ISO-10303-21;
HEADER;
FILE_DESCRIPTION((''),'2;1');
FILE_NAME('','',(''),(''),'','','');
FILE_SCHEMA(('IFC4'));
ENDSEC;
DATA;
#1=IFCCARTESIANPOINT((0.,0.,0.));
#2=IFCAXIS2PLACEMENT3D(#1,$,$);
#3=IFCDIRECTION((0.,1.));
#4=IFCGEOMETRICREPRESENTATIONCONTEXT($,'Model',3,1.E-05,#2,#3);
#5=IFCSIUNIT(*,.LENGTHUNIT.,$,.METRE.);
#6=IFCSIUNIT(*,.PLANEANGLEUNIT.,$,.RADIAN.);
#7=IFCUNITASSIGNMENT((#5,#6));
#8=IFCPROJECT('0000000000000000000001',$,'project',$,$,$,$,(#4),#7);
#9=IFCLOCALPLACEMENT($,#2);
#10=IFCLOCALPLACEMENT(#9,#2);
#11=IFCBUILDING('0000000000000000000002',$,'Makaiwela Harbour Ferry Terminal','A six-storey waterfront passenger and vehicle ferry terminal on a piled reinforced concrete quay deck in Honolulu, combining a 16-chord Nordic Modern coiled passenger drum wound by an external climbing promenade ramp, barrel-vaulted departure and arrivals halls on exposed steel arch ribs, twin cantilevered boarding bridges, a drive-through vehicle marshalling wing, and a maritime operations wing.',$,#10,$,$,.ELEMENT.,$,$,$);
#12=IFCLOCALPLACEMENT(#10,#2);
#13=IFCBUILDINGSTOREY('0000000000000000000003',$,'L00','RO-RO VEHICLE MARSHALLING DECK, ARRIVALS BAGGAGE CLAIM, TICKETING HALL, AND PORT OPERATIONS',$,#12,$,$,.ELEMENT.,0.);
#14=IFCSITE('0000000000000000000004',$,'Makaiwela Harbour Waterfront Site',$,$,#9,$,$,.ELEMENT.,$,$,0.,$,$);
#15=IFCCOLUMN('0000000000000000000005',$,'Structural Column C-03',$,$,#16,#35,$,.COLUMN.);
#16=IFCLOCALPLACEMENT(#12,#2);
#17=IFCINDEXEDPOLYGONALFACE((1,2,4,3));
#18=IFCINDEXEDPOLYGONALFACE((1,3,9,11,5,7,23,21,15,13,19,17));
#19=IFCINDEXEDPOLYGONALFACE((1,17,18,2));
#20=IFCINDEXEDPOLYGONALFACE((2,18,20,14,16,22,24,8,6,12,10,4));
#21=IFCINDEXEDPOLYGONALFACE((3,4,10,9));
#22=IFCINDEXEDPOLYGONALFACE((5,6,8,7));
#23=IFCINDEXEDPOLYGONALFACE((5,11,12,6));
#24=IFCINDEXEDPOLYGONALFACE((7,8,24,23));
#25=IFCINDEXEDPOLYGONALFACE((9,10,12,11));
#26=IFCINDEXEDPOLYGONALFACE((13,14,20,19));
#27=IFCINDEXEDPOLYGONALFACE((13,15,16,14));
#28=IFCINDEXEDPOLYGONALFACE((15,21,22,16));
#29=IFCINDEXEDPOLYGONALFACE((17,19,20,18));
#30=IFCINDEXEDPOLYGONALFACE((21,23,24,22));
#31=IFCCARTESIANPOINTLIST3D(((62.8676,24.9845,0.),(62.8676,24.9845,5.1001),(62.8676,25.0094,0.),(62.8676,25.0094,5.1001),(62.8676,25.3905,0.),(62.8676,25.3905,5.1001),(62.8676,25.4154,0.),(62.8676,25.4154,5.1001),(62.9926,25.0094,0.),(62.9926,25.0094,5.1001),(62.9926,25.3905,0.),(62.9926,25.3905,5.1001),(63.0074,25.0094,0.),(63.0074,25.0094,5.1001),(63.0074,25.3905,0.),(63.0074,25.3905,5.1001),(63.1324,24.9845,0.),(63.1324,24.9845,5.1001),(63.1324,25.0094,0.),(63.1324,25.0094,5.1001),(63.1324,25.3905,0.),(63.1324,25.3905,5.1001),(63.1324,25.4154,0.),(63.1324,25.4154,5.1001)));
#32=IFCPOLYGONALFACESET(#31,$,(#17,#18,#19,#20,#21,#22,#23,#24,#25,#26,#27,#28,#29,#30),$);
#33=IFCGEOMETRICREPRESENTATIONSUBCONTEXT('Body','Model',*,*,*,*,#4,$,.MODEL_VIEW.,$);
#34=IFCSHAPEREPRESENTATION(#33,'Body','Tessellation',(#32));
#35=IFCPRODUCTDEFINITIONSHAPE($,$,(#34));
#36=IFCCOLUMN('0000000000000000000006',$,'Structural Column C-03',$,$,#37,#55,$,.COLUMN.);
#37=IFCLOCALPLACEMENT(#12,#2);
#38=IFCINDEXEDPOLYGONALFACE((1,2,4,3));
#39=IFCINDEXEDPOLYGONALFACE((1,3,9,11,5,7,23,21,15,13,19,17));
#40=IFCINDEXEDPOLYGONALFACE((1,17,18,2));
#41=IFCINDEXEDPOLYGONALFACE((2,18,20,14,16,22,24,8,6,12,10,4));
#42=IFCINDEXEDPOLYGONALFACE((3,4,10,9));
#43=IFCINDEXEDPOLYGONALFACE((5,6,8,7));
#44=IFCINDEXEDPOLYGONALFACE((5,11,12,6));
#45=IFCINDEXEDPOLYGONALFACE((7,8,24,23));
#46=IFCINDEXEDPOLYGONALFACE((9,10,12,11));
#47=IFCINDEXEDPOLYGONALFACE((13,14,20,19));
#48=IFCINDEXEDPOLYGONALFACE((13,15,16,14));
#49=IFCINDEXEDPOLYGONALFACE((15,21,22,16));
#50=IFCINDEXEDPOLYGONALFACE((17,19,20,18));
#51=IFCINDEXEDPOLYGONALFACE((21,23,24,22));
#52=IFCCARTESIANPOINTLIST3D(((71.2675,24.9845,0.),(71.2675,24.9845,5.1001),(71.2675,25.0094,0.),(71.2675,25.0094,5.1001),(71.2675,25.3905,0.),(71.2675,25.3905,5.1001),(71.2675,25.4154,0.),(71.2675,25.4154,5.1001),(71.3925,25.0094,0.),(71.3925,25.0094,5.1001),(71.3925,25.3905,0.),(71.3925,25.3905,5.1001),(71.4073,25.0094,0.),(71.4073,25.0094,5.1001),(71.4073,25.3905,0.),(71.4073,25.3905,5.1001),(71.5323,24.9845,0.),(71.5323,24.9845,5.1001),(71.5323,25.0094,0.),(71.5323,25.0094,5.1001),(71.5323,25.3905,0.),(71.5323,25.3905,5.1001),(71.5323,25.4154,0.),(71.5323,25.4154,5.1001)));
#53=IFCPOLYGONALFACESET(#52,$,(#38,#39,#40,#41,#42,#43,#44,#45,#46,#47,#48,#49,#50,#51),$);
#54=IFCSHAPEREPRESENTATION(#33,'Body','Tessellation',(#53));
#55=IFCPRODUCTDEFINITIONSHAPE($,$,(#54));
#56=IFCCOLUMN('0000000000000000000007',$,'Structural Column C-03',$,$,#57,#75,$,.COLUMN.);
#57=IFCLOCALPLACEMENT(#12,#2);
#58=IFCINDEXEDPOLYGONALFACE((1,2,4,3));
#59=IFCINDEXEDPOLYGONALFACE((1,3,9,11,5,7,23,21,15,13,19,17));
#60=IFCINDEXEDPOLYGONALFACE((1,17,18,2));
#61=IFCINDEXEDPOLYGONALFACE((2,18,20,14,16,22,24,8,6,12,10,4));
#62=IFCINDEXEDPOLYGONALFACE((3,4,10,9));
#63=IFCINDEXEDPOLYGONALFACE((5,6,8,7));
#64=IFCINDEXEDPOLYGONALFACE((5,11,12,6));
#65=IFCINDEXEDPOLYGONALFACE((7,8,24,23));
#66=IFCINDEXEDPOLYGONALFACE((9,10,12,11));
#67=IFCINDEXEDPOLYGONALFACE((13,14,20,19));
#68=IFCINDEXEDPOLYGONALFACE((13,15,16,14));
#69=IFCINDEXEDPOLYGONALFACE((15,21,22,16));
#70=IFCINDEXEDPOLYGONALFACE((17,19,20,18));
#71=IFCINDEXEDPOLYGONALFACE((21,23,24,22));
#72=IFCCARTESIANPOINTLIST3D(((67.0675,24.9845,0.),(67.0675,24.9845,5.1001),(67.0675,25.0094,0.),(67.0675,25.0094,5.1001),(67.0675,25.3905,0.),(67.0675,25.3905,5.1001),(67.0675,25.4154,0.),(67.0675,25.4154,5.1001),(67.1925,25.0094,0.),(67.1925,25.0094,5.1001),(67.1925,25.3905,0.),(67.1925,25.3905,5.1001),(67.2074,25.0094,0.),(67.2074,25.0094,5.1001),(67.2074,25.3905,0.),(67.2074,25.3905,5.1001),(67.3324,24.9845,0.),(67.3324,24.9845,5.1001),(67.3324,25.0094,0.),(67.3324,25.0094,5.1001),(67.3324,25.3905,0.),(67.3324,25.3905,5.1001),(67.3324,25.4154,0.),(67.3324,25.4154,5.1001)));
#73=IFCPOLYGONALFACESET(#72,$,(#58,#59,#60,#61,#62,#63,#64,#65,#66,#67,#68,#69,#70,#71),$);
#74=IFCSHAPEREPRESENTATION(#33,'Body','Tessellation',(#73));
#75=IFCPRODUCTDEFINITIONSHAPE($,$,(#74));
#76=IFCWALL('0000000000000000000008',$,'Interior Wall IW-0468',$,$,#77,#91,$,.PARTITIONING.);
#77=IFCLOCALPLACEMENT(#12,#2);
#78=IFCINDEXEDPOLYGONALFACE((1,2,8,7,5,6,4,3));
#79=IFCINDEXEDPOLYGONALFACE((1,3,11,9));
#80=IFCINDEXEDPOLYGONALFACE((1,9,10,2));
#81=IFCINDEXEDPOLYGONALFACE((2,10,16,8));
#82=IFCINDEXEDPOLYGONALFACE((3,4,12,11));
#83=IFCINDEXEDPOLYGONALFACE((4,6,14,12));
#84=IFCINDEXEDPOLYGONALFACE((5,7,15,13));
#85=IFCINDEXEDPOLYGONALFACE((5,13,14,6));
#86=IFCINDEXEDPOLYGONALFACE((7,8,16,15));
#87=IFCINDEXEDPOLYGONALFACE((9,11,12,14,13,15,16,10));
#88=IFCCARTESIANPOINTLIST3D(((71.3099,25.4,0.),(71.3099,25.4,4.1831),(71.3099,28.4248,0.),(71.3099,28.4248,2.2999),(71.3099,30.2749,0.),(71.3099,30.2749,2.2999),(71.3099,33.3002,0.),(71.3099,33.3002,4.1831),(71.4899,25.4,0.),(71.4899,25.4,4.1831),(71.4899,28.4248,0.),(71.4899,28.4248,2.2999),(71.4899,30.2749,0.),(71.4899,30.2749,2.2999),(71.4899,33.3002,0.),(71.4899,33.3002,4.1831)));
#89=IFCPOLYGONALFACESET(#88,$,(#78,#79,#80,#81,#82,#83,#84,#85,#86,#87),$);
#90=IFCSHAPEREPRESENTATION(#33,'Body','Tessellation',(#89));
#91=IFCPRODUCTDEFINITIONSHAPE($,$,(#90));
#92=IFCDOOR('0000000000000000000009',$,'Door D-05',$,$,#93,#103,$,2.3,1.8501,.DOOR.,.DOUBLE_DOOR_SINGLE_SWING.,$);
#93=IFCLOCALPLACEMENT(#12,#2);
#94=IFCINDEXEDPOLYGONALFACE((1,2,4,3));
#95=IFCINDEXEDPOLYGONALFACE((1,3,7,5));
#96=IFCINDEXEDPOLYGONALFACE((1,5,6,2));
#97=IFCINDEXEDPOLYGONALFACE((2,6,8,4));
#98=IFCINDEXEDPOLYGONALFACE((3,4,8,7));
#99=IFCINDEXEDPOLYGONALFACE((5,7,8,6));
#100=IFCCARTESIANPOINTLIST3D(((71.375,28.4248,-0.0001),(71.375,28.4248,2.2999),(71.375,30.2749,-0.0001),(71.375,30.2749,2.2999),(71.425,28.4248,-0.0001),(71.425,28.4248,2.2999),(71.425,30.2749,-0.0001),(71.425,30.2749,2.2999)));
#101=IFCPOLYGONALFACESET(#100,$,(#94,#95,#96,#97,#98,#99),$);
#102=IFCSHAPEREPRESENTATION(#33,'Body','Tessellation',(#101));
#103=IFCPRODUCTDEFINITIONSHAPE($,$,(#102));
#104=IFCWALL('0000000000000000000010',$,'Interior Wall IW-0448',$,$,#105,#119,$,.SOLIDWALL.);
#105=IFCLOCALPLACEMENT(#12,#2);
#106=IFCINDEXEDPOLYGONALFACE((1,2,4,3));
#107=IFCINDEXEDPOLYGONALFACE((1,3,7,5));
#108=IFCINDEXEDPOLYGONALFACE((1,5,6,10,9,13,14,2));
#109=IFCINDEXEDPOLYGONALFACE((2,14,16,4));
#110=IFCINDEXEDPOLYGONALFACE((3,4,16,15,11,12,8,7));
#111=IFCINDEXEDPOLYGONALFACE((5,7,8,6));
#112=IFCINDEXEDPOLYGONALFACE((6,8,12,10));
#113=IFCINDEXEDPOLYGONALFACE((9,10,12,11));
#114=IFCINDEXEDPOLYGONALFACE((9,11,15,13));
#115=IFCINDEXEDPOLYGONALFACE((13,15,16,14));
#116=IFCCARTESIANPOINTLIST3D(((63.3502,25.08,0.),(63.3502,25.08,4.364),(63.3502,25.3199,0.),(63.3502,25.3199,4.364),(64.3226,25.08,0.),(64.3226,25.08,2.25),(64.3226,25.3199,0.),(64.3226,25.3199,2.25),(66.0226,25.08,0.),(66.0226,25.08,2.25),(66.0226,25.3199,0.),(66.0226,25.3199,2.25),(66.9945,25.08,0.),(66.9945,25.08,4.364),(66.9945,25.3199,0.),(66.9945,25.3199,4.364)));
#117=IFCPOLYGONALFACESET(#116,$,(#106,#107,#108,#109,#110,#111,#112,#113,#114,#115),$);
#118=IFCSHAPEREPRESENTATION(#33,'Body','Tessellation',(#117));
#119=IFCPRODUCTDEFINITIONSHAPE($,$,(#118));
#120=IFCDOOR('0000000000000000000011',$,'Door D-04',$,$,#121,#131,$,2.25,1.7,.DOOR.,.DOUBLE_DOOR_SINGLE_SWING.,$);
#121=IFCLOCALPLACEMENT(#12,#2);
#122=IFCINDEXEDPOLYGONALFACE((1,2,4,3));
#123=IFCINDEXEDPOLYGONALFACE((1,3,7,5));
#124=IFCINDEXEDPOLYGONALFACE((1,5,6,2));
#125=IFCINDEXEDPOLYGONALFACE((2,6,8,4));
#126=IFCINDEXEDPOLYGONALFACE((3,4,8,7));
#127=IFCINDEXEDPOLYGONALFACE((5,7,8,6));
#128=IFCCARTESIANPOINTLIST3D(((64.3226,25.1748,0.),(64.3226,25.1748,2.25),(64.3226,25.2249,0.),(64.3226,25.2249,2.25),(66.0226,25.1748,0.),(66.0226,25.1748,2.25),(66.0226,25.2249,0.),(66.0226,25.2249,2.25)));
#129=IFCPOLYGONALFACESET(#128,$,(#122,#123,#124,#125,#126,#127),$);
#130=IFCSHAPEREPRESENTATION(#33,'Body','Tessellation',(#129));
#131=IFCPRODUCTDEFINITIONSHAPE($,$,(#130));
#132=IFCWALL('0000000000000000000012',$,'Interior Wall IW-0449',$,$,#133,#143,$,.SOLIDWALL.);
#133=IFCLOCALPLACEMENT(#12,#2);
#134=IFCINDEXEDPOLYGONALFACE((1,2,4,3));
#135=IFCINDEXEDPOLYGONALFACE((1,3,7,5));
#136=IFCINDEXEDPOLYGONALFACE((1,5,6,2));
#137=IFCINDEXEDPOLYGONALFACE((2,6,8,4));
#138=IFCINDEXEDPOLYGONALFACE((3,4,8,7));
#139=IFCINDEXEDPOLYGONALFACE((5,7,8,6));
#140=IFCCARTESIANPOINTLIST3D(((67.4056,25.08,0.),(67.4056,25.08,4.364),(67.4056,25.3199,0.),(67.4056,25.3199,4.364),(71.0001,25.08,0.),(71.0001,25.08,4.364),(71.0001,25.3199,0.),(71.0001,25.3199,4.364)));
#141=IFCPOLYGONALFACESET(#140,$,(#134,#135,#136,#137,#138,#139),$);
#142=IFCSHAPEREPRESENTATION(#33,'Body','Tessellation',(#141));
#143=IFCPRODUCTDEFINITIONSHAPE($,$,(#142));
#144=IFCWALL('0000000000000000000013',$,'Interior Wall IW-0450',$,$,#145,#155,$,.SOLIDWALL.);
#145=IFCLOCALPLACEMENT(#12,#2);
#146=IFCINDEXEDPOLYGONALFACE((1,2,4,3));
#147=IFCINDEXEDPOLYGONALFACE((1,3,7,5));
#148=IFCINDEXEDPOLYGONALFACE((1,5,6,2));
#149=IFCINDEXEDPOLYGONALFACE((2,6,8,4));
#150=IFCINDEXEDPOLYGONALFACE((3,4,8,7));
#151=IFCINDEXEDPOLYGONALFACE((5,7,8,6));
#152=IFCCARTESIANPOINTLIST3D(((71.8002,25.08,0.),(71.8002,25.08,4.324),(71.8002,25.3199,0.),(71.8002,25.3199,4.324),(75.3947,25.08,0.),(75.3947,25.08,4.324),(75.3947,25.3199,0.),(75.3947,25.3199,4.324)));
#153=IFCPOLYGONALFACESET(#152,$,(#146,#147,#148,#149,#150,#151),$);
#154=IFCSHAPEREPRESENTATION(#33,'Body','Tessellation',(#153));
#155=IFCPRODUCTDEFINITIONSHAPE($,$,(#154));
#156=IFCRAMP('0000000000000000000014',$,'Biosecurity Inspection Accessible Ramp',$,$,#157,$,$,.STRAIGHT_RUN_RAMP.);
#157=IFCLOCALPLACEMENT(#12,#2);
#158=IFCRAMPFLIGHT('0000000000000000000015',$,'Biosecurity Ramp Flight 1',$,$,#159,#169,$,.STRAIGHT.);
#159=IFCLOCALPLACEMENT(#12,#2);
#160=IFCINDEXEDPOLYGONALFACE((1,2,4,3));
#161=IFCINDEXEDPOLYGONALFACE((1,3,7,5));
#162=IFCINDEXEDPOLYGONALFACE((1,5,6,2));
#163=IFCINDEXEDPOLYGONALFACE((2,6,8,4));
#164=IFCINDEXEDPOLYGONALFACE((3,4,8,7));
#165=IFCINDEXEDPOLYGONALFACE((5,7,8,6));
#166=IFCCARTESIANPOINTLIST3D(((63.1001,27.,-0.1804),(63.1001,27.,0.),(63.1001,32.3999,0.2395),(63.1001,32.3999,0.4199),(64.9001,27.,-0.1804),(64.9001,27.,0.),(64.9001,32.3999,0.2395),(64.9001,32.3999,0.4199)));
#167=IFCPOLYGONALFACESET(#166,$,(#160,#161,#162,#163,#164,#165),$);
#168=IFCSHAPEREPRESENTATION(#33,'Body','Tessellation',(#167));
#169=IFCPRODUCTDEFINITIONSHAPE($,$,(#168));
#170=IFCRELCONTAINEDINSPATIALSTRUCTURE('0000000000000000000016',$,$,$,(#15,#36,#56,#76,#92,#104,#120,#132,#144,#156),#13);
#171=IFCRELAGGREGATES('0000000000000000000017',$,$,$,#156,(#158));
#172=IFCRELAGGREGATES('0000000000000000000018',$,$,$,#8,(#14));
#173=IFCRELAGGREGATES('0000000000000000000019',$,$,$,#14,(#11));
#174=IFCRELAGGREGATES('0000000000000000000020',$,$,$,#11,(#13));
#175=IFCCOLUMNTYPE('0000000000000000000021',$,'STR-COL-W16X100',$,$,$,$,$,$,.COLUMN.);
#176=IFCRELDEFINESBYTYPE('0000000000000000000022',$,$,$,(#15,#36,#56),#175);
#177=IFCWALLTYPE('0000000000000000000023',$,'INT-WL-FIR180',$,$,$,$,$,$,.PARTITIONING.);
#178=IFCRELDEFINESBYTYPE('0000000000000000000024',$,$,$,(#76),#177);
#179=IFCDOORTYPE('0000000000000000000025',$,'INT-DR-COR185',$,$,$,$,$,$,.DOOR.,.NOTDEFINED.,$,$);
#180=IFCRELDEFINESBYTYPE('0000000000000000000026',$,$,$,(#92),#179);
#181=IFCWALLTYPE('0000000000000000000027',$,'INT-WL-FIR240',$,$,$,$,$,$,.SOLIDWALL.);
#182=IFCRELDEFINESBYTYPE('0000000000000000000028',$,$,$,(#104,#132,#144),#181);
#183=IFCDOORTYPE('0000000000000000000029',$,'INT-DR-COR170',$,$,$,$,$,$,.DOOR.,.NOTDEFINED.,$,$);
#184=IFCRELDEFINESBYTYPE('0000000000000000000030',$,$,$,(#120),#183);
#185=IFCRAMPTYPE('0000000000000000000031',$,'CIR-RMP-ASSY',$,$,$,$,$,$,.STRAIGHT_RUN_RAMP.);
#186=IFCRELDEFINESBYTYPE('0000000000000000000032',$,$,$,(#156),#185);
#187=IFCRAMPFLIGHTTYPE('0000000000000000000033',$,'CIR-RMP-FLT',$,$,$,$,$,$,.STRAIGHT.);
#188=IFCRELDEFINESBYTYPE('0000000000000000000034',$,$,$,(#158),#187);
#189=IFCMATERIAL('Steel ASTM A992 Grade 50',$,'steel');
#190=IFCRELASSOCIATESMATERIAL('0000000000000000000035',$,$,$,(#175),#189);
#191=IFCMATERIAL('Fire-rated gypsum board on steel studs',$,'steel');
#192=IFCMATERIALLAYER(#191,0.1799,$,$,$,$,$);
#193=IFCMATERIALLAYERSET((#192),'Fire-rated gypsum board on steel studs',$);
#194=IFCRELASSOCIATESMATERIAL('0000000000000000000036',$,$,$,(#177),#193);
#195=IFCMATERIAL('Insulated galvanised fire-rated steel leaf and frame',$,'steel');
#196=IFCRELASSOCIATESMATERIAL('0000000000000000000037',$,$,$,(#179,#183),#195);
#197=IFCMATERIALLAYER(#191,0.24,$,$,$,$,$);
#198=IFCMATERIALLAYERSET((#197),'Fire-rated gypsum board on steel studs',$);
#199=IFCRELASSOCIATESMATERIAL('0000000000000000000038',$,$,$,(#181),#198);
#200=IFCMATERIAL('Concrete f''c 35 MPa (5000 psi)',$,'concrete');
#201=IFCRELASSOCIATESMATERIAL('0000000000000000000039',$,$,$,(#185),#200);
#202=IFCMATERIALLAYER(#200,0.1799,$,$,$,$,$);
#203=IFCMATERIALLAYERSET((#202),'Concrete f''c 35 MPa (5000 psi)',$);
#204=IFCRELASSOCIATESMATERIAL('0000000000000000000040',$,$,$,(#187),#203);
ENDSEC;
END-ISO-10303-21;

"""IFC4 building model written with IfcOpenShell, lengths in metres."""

from ifc_helpers import new_model, si_unit, direction, frame, frame_2d, origin, origin_2d, place, context, subcontext, project, spatial, polyline, rectangle, i_section, outline, extrude, material, layer, layer_set, material_profile, profile_set, type_object, element, fill, aggregate, save


model = new_model("IFC4")

# Units and contexts
model_context = context("Model", 3, precision=1e-05, world=origin(), true_north=direction((0.0, 1.0)))
body_context = subcontext(model_context, "Body", "Model", "MODEL_VIEW")
ifc_project = project(units=[si_unit("LENGTHUNIT", "METRE"), si_unit("PLANEANGLEUNIT", "RADIAN")], contexts=[model_context])

# Site, building, storey
site_placement = place(None, origin())
site = spatial("IfcSite", under=ifc_project, at=site_placement, Name="Makaiwela Harbour Waterfront Site", CompositionType="ELEMENT", RefElevation=0.0)
building_placement = place(site_placement, origin())
building = spatial("IfcBuilding", under=site, at=building_placement, Name="Makaiwela Harbour Ferry Terminal", Description="A six-storey waterfront passenger and vehicle ferry terminal on a piled reinforced concrete quay deck in Honolulu, combining a 16-chord Nordic Modern coiled passenger drum wound by an external climbing promenade ramp, barrel-vaulted departure and arrivals halls on exposed steel arch ribs, twin cantilevered boarding bridges, a drive-through vehicle marshalling wing, and a maritime operations wing.", CompositionType="ELEMENT")
storey_placement = place(building_placement, origin())
storey = spatial("IfcBuildingStorey", under=building, at=storey_placement, Name="L00", Description="RO-RO VEHICLE MARSHALLING DECK, ARRIVALS BAGGAGE CLAIM, TICKETING HALL, AND PORT OPERATIONS", CompositionType="ELEMENT", Elevation=0.0)

# Columns
ifc_material_1 = material(Name="Steel ASTM A992 Grade 50", Category="steel")
ifc_material_profile_1 = material_profile(ifc_material_1, i_section(OverallWidth=0.2649, OverallDepth=0.4309, WebThickness=0.0149, FlangeThickness=0.0249, at=origin_2d()), Name="W16X100")
ifc_profile_set_1 = profile_set([ifc_material_profile_1], Name="Steel ASTM A992 Grade 50")
column_type_1 = type_object("IfcColumnType", Name="STR-COL-W16X100", PredefinedType="COLUMN", material=ifc_profile_set_1)
for number, where, z_axis, x_axis, name in (
    (1, (63.0, 25.2, 0.0), (0.0, 0.0, 1.0), (1.0, 0.0, 0.0), "Structural Column C-03"),
    (2, (71.3999, 25.2, 0.0), (0.0, 0.0, 1.0), (1.0, 0.0, 0.0), "Structural Column C-03"),
    (3, (67.2, 25.2, 0.0), (0.0, 0.0, 1.0), (1.0, 0.0, 0.0), "Structural Column C-03"),
):
    element("IfcColumn", number, at=place(storey_placement, frame(where, z_axis=z_axis, x_axis=x_axis)), inside=storey, type_object=column_type_1, Name=name, PredefinedType="COLUMN", context=body_context, shape_type="SweptSolid", body=[
        extrude(i_section(OverallWidth=0.2649, OverallDepth=0.4309, WebThickness=0.0149, FlangeThickness=0.0249, at=origin_2d()), origin(), (0.0, 0.0, 1.0), 5.1001),
    ])

# Walls, openings, doors
ifc_material_2 = material(Name="Fire-rated gypsum board on steel studs", Category="steel")
ifc_layer_1 = layer(ifc_material_2, 0.1799)
ifc_layer_set_1 = layer_set([ifc_layer_1], Name="Fire-rated gypsum board on steel studs")
wall_type_1 = type_object("IfcWallType", Name="INT-WL-FIR180", PredefinedType="PARTITIONING", material=ifc_layer_set_1)
wall_1_placement = place(storey_placement, frame((71.3999, 25.3999, 0.0), z_axis=(0.0, 0.0, 1.0), x_axis=(0.0, 1.0, 0.0)))
wall_1 = element("IfcWall", 4, at=wall_1_placement, inside=storey, type_object=wall_type_1, Name="Interior Wall IW-0468", PredefinedType="PARTITIONING", context=body_context, shape_type="SweptSolid", body=[
    extrude(rectangle(XDim=7.9001, YDim=0.1799, at=frame_2d((3.9502, 0.0))), origin(), (0.0, 0.0, 1.0), 4.1831),
])
opening_1_placement = place(wall_1_placement, frame((3.0249, 0.0, 0.0)))
opening_1 = element("IfcOpeningElement", 5, at=opening_1_placement, cuts=wall_1, PredefinedType="OPENING", context=body_context, shape_type="SweptSolid", body=[
    extrude(rectangle(XDim=1.8501, YDim=2.3, at=frame_2d((0.925, 1.1499))), frame((0.0, 0.0999, 0.0), z_axis=(0.0, -1.0, 0.0), x_axis=(1.0, 0.0, 0.0)), (0.0, 0.0, 1.0), 0.2),
])
ifc_material_3 = material(Name="Insulated galvanised fire-rated steel leaf and frame", Category="steel")
door_type_1 = type_object("IfcDoorType", Name="INT-DR-COR185", OperationType="NOTDEFINED", PredefinedType="DOOR", material=ifc_material_3)
door_1_placement = place(opening_1_placement, origin())
door_1 = element("IfcDoor", 6, at=door_1_placement, inside=storey, type_object=door_type_1, Name="Door D-05", OperationType="DOUBLE_DOOR_SINGLE_SWING", OverallHeight=2.3, OverallWidth=1.8501, PredefinedType="DOOR", context=body_context, shape_type="SweptSolid", body=[
    extrude(rectangle(XDim=1.8501, YDim=2.3, at=frame_2d((0.925, 1.1499))), frame((0.0, 0.0249, 0.0), z_axis=(0.0, -1.0, 0.0), x_axis=(1.0, 0.0, 0.0)), (0.0, 0.0, 1.0), 0.05),
])
fill(opening_1, door_1)
ifc_layer_2 = layer(ifc_material_2, 0.24)
ifc_layer_set_2 = layer_set([ifc_layer_2], Name="Fire-rated gypsum board on steel studs")
wall_type_2 = type_object("IfcWallType", Name="INT-WL-FIR240", PredefinedType="SOLIDWALL", material=ifc_layer_set_2)
wall_2_placement = place(storey_placement, frame((63.3501, 25.2, 0.0), z_axis=(0.0, 0.0, 1.0), x_axis=(1.0, 0.0, 0.0)))
wall_2 = element("IfcWall", 7, at=wall_2_placement, inside=storey, type_object=wall_type_2, Name="Interior Wall IW-0448", PredefinedType="SOLIDWALL", context=body_context, shape_type="SweptSolid", body=[
    extrude(rectangle(XDim=3.6443, YDim=0.24, at=frame_2d((1.8223, 0.0))), origin(), (0.0, 0.0, 1.0), 4.364),
])
opening_2_placement = place(wall_2_placement, frame((0.9724, 0.0, 0.0)))
opening_2 = element("IfcOpeningElement", 8, at=opening_2_placement, cuts=wall_2, PredefinedType="OPENING", context=body_context, shape_type="SweptSolid", body=[
    extrude(rectangle(XDim=1.7, YDim=2.25, at=frame_2d((0.8501, 1.125))), frame((0.0, 0.1299, 0.0), z_axis=(0.0, -1.0, 0.0), x_axis=(1.0, 0.0, 0.0)), (0.0, 0.0, 1.0), 0.26),
])
door_type_2 = type_object("IfcDoorType", Name="INT-DR-COR170", OperationType="NOTDEFINED", PredefinedType="DOOR", material=ifc_material_3)
door_2_placement = place(opening_2_placement, origin())
door_2 = element("IfcDoor", 9, at=door_2_placement, inside=storey, type_object=door_type_2, Name="Door D-04", OperationType="DOUBLE_DOOR_SINGLE_SWING", OverallHeight=2.25, OverallWidth=1.7, PredefinedType="DOOR", context=body_context, shape_type="SweptSolid", body=[
    extrude(rectangle(XDim=1.7, YDim=2.25, at=frame_2d((0.8501, 1.125))), frame((0.0, 0.0249, 0.0), z_axis=(0.0, -1.0, 0.0), x_axis=(1.0, 0.0, 0.0)), (0.0, 0.0, 1.0), 0.05),
])
fill(opening_2, door_2)

# Walls
wall_3_placement = place(storey_placement, frame((67.4055, 25.2, 0.0), z_axis=(0.0, 0.0, 1.0), x_axis=(1.0, 0.0, 0.0)))
element("IfcWall", 10, at=wall_3_placement, inside=storey, type_object=wall_type_2, Name="Interior Wall IW-0449", PredefinedType="SOLIDWALL", context=body_context, shape_type="SweptSolid", body=[
    extrude(rectangle(XDim=3.5945, YDim=0.24, at=frame_2d((1.7974, 0.0))), origin(), (0.0, 0.0, 1.0), 4.364),
])
wall_4_placement = place(storey_placement, frame((71.8, 25.2, 0.0), z_axis=(0.0, 0.0, 1.0), x_axis=(1.0, 0.0, 0.0)))
element("IfcWall", 11, at=wall_4_placement, inside=storey, type_object=wall_type_2, Name="Interior Wall IW-0450", PredefinedType="SOLIDWALL", context=body_context, shape_type="SweptSolid", body=[
    extrude(rectangle(XDim=3.5945, YDim=0.24, at=frame_2d((1.7974, 0.0))), origin(), (0.0, 0.0, 1.0), 4.324),
])

# Ramp, ramp flight
ifc_material_4 = material(Name="Concrete f'c 35 MPa (5000 psi)", Category="concrete")
ramp_type = type_object("IfcRampType", Name="CIR-RMP-ASSY", PredefinedType="STRAIGHT_RUN_RAMP", material=ifc_material_4)
ramp_placement = place(storey_placement, origin())
ramp = element("IfcRamp", 12, at=ramp_placement, inside=storey, type_object=ramp_type, Name="Biosecurity Inspection Accessible Ramp", PredefinedType="STRAIGHT_RUN_RAMP")
ifc_layer_3 = layer(ifc_material_4, 0.1799)
ifc_layer_set_3 = layer_set([ifc_layer_3], Name="Concrete f'c 35 MPa (5000 psi)")
ramp_flight_type = type_object("IfcRampFlightType", Name="CIR-RMP-FLT", PredefinedType="STRAIGHT", material=ifc_layer_set_3)
ramp_flight_placement = place(storey_placement, frame((64.0, 27.0, 0.0), z_axis=(0.0, 0.0, 1.0), x_axis=(0.0, 1.0, 0.0)))
ramp_flight = element("IfcRampFlight", 13, at=ramp_flight_placement, type_object=ramp_flight_type, Name="Biosecurity Ramp Flight 1", PredefinedType="STRAIGHT", context=body_context, shape_type="SweptSolid", body=[
    extrude(outline(polyline([(0.0, 0.0), (5.3999, 0.4199), (5.3999, 0.2395), (0.0, -0.1804), (0.0, 0.0)])), frame((0.0, 0.8999, 0.0), z_axis=(0.0, -1.0, 0.0), x_axis=(1.0, 0.0, 0.0)), (0.0, 0.0, 1.0), 1.8),
])
aggregate(ramp, [ramp_flight])

save(model, "model.ifc")
